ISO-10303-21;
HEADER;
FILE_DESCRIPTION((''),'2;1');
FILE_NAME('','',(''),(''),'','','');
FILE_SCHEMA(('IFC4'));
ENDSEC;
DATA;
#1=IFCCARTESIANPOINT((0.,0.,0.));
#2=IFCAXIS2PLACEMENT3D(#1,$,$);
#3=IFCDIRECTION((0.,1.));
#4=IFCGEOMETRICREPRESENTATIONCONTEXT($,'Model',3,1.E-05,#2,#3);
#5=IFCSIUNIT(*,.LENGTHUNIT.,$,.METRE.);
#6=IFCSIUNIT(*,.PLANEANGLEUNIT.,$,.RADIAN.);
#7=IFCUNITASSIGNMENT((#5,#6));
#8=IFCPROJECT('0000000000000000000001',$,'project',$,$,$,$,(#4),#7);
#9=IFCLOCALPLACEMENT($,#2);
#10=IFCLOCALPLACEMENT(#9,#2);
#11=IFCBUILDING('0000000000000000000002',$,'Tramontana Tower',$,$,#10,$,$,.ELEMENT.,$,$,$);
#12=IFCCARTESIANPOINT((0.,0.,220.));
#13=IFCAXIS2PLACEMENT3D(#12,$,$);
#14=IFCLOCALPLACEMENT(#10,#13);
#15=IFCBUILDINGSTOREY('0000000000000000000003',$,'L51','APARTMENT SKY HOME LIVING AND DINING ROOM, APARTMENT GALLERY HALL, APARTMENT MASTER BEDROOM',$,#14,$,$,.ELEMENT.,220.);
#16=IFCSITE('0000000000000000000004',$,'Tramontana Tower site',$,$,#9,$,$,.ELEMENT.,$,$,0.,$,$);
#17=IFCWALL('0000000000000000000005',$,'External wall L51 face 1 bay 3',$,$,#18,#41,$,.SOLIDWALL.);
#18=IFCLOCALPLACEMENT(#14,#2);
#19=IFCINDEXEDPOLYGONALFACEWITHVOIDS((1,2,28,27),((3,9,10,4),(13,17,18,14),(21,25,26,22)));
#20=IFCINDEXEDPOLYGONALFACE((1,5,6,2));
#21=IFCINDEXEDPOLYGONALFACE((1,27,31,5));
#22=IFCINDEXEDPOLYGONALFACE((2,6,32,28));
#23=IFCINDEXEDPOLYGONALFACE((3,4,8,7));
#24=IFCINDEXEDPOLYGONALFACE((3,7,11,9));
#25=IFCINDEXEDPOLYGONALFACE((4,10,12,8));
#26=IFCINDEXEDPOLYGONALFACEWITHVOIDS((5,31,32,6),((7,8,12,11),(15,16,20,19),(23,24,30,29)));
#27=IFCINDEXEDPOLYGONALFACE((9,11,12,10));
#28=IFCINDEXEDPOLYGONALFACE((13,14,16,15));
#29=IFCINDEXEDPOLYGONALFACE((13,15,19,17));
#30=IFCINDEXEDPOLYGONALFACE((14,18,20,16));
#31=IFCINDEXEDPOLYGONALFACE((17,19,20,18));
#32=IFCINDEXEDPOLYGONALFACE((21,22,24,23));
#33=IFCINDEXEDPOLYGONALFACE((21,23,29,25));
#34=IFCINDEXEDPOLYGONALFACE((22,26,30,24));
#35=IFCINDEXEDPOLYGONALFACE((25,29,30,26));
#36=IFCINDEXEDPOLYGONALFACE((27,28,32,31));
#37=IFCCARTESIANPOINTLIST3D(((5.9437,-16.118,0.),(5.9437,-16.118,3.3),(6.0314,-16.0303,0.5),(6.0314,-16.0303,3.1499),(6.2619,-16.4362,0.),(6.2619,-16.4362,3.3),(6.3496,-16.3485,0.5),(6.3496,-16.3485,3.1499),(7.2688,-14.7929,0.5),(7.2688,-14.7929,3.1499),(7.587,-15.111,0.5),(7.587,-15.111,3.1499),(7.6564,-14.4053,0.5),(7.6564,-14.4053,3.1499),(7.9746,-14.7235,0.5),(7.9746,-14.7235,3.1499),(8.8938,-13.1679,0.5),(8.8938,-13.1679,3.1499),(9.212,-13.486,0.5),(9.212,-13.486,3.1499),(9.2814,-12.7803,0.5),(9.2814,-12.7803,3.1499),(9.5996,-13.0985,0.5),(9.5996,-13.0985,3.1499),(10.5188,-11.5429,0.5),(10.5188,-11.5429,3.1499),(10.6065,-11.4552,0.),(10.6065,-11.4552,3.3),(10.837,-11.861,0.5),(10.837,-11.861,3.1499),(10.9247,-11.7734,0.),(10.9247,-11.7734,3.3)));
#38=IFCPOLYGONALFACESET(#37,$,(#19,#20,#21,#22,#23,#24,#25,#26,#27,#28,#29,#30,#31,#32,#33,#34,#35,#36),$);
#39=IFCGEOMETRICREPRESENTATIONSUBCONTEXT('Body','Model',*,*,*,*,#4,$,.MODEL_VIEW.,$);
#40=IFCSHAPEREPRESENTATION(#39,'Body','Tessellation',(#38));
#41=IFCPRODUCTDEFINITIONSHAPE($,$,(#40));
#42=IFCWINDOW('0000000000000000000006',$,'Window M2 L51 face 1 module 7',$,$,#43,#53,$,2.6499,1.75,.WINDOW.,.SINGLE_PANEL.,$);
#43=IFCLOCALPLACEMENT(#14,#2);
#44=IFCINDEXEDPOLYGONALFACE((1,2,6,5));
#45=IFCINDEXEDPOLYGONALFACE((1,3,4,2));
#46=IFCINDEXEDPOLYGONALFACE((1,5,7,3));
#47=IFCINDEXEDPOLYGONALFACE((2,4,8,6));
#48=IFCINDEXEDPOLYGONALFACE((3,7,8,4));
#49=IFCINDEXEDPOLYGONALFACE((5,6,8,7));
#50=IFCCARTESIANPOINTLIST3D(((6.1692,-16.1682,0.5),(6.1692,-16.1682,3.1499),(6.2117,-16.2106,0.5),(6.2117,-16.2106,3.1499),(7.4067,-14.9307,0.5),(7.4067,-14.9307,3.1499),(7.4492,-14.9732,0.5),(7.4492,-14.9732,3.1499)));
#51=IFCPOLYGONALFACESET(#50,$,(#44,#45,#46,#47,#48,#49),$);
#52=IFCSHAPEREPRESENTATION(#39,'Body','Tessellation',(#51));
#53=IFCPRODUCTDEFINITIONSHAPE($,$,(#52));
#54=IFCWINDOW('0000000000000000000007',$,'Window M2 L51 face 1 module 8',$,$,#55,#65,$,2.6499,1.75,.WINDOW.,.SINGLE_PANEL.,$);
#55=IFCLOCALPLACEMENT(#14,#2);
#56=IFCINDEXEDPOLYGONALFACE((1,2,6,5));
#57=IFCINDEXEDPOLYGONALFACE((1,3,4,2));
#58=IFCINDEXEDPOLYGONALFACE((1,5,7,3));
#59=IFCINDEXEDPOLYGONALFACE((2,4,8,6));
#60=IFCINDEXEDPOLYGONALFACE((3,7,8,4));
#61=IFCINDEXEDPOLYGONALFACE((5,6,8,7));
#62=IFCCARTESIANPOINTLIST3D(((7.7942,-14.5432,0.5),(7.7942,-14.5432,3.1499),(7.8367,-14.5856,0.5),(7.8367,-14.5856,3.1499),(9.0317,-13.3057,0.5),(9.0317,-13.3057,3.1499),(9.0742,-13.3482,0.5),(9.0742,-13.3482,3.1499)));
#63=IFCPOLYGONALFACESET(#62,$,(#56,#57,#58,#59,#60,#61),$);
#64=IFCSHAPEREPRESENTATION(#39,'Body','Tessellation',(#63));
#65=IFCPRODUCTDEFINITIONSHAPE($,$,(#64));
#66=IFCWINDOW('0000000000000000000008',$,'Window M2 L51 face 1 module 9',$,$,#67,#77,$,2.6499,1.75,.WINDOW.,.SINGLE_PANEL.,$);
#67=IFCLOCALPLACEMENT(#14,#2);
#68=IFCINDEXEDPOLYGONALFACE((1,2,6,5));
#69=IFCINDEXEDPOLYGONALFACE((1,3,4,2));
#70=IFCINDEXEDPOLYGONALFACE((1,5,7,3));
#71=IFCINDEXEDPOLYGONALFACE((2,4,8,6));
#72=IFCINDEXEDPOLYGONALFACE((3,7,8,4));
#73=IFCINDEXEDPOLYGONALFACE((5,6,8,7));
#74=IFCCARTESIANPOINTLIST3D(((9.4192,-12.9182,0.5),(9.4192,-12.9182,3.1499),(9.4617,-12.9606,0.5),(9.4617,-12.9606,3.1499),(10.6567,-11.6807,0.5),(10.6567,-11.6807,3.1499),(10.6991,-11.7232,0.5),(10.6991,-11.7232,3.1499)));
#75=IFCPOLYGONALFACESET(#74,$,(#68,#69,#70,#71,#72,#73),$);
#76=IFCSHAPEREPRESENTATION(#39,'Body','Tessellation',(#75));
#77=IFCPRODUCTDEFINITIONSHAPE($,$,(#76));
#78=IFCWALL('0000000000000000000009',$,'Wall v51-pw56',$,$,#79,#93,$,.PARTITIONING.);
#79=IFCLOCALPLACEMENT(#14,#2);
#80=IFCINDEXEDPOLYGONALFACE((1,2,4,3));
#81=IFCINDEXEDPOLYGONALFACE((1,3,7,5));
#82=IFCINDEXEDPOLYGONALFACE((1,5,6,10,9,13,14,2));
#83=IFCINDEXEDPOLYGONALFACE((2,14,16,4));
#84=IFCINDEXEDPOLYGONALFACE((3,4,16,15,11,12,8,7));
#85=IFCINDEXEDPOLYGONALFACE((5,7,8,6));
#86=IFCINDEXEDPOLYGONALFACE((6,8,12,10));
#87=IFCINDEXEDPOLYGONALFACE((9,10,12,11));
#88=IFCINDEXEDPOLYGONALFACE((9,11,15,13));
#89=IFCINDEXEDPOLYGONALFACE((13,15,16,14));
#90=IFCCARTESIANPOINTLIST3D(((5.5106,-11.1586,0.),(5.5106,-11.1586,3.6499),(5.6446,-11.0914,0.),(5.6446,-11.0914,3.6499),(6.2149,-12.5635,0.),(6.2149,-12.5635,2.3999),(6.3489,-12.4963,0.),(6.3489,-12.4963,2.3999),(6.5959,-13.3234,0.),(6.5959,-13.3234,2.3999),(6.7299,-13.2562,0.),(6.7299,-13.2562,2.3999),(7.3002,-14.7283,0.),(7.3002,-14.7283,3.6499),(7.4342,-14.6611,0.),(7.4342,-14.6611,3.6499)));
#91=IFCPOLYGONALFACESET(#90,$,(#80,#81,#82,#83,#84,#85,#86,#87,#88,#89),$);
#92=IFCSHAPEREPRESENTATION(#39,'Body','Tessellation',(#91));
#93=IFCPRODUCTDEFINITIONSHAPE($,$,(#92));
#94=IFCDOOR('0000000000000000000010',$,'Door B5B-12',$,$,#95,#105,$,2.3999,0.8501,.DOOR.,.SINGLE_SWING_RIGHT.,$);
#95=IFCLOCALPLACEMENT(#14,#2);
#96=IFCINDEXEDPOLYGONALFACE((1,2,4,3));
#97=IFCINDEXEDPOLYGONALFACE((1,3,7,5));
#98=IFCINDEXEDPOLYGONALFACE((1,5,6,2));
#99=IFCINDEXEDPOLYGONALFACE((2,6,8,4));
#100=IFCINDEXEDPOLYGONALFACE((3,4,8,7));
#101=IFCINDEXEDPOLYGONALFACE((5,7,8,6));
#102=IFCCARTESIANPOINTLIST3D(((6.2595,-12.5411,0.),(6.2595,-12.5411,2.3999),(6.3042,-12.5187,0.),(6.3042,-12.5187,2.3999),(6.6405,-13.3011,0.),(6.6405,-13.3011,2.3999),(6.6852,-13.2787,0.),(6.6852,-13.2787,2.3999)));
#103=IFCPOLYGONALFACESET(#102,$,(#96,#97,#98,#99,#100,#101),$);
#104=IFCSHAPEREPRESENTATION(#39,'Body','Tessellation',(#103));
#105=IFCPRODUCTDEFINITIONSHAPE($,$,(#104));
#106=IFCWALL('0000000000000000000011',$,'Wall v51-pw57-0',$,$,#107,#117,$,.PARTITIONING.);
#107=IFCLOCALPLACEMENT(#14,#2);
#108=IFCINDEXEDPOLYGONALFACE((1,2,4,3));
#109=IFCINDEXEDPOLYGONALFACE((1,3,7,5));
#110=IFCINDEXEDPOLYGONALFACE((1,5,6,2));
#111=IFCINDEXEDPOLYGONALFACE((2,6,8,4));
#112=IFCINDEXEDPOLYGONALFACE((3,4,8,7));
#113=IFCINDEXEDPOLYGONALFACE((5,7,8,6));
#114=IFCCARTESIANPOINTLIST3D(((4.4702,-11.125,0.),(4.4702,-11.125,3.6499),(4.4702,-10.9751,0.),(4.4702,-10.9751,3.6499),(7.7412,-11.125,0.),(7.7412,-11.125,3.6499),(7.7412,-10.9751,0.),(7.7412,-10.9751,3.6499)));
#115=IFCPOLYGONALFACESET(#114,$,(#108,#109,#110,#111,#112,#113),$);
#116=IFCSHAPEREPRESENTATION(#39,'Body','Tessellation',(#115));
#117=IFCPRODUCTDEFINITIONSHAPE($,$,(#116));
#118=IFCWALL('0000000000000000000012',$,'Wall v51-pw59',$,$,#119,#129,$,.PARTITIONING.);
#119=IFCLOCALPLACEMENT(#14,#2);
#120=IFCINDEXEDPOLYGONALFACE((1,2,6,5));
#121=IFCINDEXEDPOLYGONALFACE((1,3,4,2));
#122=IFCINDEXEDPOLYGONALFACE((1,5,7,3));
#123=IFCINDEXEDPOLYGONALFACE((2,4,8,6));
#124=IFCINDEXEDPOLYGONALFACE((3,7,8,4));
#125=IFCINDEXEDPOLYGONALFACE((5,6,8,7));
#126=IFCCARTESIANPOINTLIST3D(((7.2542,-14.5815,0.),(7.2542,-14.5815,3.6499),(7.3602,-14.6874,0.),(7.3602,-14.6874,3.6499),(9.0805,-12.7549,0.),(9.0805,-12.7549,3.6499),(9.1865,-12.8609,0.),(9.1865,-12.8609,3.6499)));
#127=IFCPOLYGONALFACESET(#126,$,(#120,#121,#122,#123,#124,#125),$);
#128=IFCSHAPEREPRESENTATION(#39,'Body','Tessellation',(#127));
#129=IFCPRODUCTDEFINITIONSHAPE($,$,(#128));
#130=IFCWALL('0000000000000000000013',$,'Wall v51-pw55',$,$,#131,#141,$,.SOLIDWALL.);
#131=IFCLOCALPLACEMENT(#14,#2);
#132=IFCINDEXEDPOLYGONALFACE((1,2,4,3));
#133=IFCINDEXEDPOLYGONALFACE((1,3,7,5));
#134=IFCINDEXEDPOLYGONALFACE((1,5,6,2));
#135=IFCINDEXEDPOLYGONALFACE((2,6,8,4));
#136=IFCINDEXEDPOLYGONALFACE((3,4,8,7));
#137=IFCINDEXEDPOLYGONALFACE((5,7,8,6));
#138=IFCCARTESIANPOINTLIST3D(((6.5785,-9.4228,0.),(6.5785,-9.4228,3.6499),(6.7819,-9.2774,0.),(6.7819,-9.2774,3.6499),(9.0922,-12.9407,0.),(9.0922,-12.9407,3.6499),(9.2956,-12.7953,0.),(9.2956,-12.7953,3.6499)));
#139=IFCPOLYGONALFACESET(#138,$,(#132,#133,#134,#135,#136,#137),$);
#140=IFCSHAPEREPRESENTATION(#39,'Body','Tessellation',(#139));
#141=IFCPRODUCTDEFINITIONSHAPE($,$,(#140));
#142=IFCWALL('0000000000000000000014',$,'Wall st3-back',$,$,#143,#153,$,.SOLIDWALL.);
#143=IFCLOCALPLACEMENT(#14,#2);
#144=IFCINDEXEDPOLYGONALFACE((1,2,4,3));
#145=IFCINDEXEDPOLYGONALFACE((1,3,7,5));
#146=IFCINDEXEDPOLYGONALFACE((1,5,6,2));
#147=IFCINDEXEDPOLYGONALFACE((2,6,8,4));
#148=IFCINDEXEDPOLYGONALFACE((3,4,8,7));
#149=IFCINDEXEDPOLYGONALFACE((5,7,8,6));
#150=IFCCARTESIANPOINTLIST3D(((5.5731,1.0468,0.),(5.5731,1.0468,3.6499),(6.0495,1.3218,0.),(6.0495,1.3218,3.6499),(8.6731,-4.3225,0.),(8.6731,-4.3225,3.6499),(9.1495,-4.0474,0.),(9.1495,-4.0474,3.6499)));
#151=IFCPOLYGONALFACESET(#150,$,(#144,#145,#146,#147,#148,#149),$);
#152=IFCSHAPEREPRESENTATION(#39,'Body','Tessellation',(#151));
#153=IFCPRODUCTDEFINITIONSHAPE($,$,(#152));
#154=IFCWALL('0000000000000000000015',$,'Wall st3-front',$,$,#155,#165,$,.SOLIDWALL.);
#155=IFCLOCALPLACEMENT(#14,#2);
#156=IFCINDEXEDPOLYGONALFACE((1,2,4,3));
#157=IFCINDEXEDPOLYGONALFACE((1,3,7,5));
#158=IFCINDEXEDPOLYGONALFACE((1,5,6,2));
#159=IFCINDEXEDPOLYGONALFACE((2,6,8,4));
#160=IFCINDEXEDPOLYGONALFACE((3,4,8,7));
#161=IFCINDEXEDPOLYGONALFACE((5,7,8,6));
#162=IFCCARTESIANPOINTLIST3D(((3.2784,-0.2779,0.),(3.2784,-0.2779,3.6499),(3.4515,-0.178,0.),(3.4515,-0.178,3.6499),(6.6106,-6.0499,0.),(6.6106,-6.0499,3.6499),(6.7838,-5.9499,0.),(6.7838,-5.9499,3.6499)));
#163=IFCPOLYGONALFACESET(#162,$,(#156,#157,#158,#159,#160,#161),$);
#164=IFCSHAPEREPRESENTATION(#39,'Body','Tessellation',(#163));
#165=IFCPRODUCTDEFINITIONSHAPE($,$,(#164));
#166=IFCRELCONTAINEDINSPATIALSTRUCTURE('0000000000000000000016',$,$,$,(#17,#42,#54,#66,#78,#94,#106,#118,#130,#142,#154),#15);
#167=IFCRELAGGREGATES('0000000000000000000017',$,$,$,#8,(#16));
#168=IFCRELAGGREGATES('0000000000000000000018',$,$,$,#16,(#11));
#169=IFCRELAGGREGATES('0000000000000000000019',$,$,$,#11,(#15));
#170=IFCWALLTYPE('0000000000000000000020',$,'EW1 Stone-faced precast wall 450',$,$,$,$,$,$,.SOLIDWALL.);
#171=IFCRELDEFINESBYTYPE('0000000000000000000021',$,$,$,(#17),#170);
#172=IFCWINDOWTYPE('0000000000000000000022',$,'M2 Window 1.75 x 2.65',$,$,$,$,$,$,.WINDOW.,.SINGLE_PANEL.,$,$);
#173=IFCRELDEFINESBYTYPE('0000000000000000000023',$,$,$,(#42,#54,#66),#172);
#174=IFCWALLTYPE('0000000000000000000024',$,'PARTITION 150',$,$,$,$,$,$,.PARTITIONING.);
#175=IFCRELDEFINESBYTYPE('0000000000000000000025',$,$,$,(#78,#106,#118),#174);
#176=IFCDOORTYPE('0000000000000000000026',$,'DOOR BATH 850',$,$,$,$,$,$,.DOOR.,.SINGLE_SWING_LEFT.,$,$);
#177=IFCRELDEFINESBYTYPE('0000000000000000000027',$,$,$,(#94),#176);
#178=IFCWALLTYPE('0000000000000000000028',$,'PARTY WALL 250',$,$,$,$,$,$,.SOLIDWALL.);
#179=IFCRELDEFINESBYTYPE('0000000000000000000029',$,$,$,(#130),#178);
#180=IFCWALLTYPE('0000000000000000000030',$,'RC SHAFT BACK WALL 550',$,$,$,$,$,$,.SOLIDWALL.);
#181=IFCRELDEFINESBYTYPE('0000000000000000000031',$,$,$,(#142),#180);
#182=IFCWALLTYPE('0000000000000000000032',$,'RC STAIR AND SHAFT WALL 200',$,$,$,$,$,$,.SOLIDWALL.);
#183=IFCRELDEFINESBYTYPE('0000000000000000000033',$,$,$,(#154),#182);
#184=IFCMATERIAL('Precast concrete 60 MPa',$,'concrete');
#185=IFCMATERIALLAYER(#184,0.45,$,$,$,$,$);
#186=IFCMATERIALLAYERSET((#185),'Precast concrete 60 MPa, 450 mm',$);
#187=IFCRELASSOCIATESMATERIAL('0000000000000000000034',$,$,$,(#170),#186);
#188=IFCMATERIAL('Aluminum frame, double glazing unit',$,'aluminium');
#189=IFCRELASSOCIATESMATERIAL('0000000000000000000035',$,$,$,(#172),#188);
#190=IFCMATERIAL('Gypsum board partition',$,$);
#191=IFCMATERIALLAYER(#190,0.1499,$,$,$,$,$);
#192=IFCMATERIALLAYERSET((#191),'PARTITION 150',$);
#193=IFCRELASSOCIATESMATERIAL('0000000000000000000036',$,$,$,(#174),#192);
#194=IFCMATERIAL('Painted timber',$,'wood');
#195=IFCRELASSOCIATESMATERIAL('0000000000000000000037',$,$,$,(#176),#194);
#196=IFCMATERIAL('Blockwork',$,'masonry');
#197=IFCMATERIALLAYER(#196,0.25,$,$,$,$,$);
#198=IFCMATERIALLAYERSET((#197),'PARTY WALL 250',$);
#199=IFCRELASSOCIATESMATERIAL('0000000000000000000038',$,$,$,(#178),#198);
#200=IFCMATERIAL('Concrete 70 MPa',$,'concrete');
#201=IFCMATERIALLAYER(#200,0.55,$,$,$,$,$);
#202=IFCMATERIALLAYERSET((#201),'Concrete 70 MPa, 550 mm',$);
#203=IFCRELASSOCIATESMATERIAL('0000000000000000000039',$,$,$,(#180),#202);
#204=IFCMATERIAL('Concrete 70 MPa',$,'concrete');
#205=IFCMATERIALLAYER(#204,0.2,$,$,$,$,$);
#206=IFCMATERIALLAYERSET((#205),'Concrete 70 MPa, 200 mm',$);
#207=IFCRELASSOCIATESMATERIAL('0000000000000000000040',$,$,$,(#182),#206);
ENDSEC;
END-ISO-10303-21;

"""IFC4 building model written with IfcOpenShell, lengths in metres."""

from ifc_helpers import new_model, si_unit, direction, frame, frame_2d, origin, place, context, subcontext, project, spatial, rectangle, extrude, material, layer, layer_set, type_object, element, fill, save


model = new_model("IFC4")

# Units and contexts
model_context = context("Model", 3, precision=1e-05, world=origin(), true_north=direction((0.0, 1.0)))
body_context = subcontext(model_context, "Body", "Model", "MODEL_VIEW")
ifc_project = project(units=[si_unit("LENGTHUNIT", "METRE"), si_unit("PLANEANGLEUNIT", "RADIAN")], contexts=[model_context])

# Site, building, storey
site_placement = place(None, origin())
site = spatial("IfcSite", under=ifc_project, at=site_placement, Name="Tramontana Tower site", CompositionType="ELEMENT", RefElevation=0.0)
building_placement = place(site_placement, origin())
building = spatial("IfcBuilding", under=site, at=building_placement, Name="Tramontana Tower", CompositionType="ELEMENT")
storey_placement = place(building_placement, frame((0.0, 0.0, 220.0)))
storey = spatial("IfcBuildingStorey", under=building, at=storey_placement, Name="L51", Description="APARTMENT SKY HOME LIVING AND DINING ROOM, APARTMENT GALLERY HALL, APARTMENT MASTER BEDROOM", CompositionType="ELEMENT", Elevation=220.0)

# Wall, openings, windows
ifc_material_1 = material(Name="Precast concrete 60 MPa", Category="concrete")
ifc_layer_1 = layer(ifc_material_1, 0.45)
ifc_layer_set_1 = layer_set([ifc_layer_1], Name="Precast concrete 60 MPa, 450 mm")
wall_type_1 = type_object("IfcWallType", Name="EW1 Stone-faced precast wall 450", PredefinedType="SOLIDWALL", material=ifc_layer_set_1)
wall_1_placement = place(storey_placement, frame((6.1028, -16.2771, 0.0), z_axis=(0.0, 0.0, 1.0), x_axis=(0.707107, 0.707107, 0.0)))
wall_1 = element("IfcWall", 1, at=wall_1_placement, inside=storey, type_object=wall_type_1, Name="External wall L51 face 1 bay 3", PredefinedType="SOLIDWALL", context=body_context, shape_type="SweptSolid", body=[
    extrude(rectangle(XDim=6.5942, YDim=0.45, at=frame_2d((3.2971, 0.0))), origin(), (0.0, 0.0, 1.0), 3.3),
])
opening_1_placement = place(wall_1_placement, frame((0.124, 0.0, 0.5)))
opening_1 = element("IfcOpeningElement", 2, at=opening_1_placement, cuts=wall_1, PredefinedType="OPENING", context=body_context, shape_type="SweptSolid", body=[
    extrude(rectangle(XDim=1.75, YDim=2.6499, at=frame_2d((0.875, 1.325))), frame((0.0, 0.2349, 0.0), z_axis=(0.0, -1.0, 0.0), x_axis=(1.0, 0.0, 0.0)), (0.0, 0.0, 1.0), 0.47),
])
opening_2_placement = place(wall_1_placement, frame((2.4221, 0.0, 0.5)))
opening_2 = element("IfcOpeningElement", 3, at=opening_2_placement, cuts=wall_1, PredefinedType="OPENING", context=body_context, shape_type="SweptSolid", body=[
    extrude(rectangle(XDim=1.75, YDim=2.6499, at=frame_2d((0.875, 1.325))), frame((0.0, 0.2349, 0.0), z_axis=(0.0, -1.0, 0.0), x_axis=(1.0, 0.0, 0.0)), (0.0, 0.0, 1.0), 0.47),
])
opening_3_placement = place(wall_1_placement, frame((4.7202, 0.0, 0.5)))
opening_3 = element("IfcOpeningElement", 4, at=opening_3_placement, cuts=wall_1, PredefinedType="OPENING", context=body_context, shape_type="SweptSolid", body=[
    extrude(rectangle(XDim=1.75, YDim=2.6499, at=frame_2d((0.875, 1.325))), frame((0.0, 0.2349, 0.0), z_axis=(0.0, -1.0, 0.0), x_axis=(1.0, 0.0, 0.0)), (0.0, 0.0, 1.0), 0.47),
])
ifc_material_2 = material(Name="Aluminum frame, double glazing unit", Category="aluminium")
window_type = type_object("IfcWindowType", Name="M2 Window 1.75 x 2.65", PartitioningType="SINGLE_PANEL", PredefinedType="WINDOW", material=ifc_material_2)
window_1_placement = place(opening_1_placement, origin())
window_1 = element("IfcWindow", 5, at=window_1_placement, inside=storey, type_object=window_type, Name="Window M2 L51 face 1 module 7", OverallHeight=2.6499, OverallWidth=1.75, PartitioningType="SINGLE_PANEL", PredefinedType="WINDOW", context=body_context, shape_type="SweptSolid", body=[
    extrude(rectangle(XDim=1.75, YDim=2.6499, at=frame_2d((0.875, 1.325))), frame((0.0, 0.03, 0.0), z_axis=(0.0, -1.0, 0.0), x_axis=(1.0, 0.0, 0.0)), (0.0, 0.0, 1.0), 0.0601),
])
fill(opening_1, window_1)
window_2_placement = place(opening_2_placement, origin())
window_2 = element("IfcWindow", 6, at=window_2_placement, inside=storey, type_object=window_type, Name="Window M2 L51 face 1 module 8", OverallHeight=2.6499, OverallWidth=1.75, PartitioningType="SINGLE_PANEL", PredefinedType="WINDOW", context=body_context, shape_type="SweptSolid", body=[
    extrude(rectangle(XDim=1.75, YDim=2.6499, at=frame_2d((0.875, 1.325))), frame((0.0, 0.03, 0.0), z_axis=(0.0, -1.0, 0.0), x_axis=(1.0, 0.0, 0.0)), (0.0, 0.0, 1.0), 0.0601),
])
fill(opening_2, window_2)
window_3_placement = place(opening_3_placement, origin())
window_3 = element("IfcWindow", 7, at=window_3_placement, inside=storey, type_object=window_type, Name="Window M2 L51 face 1 module 9", OverallHeight=2.6499, OverallWidth=1.75, PartitioningType="SINGLE_PANEL", PredefinedType="WINDOW", context=body_context, shape_type="SweptSolid", body=[
    extrude(rectangle(XDim=1.75, YDim=2.6499, at=frame_2d((0.875, 1.325))), frame((0.0, 0.03, 0.0), z_axis=(0.0, -1.0, 0.0), x_axis=(1.0, 0.0, 0.0)), (0.0, 0.0, 1.0), 0.0601),
])
fill(opening_3, window_3)

# Wall, opening, door
ifc_material_3 = material(Name="Gypsum board partition")
ifc_layer_2 = layer(ifc_material_3, 0.1499)
ifc_layer_set_2 = layer_set([ifc_layer_2], Name="PARTITION 150")
wall_type_2 = type_object("IfcWallType", Name="PARTITION 150", PredefinedType="PARTITIONING", material=ifc_layer_set_2)
wall_2_placement = place(storey_placement, frame((5.5776, -11.125, 0.0), z_axis=(0.0, 0.0, 1.0), x_axis=(0.448167, -0.89395, 0.0)))
wall_2 = element("IfcWall", 8, at=wall_2_placement, inside=storey, type_object=wall_type_2, Name="Wall v51-pw56", PredefinedType="PARTITIONING", context=body_context, shape_type="SweptSolid", body=[
    extrude(rectangle(XDim=3.9932, YDim=0.1499, at=frame_2d((1.9966, 0.0))), origin(), (0.0, 0.0, 1.0), 3.6499),
])
opening_4_placement = place(wall_2_placement, frame((1.5715, 0.0, 0.0)))
opening_4 = element("IfcOpeningElement", 9, at=opening_4_placement, cuts=wall_2, PredefinedType="OPENING", context=body_context, shape_type="SweptSolid", body=[
    extrude(rectangle(XDim=0.8501, YDim=2.3999, at=frame_2d((0.425, 1.2))), frame((0.0, 0.085, 0.0), z_axis=(0.0, -1.0, 0.0), x_axis=(1.0, 0.0, 0.0)), (0.0, 0.0, 1.0), 0.1699),
])
ifc_material_4 = material(Name="Painted timber", Category="wood")
door_type_1 = type_object("IfcDoorType", Name="DOOR BATH 850", OperationType="SINGLE_SWING_LEFT", PredefinedType="DOOR", material=ifc_material_4)
door_1_placement = place(opening_4_placement, origin())
door_1 = element("IfcDoor", 10, at=door_1_placement, inside=storey, type_object=door_type_1, Name="Door B5B-12", OperationType="SINGLE_SWING_RIGHT", OverallHeight=2.3999, OverallWidth=0.8501, PredefinedType="DOOR", context=body_context, shape_type="SweptSolid", body=[
    extrude(rectangle(XDim=0.8501, YDim=2.3999, at=frame_2d((0.425, 1.2))), frame((0.0, 0.0249, 0.0), z_axis=(0.0, -1.0, 0.0), x_axis=(1.0, 0.0, 0.0)), (0.0, 0.0, 1.0), 0.05),
])
fill(opening_4, door_1)

# Walls
wall_3_placement = place(storey_placement, frame((7.7412, -11.05, 0.0), z_axis=(0.0, 0.0, 1.0), x_axis=(-1.0, 0.0, 0.0)))
element("IfcWall", 11, at=wall_3_placement, inside=storey, type_object=wall_type_2, Name="Wall v51-pw57-0", PredefinedType="PARTITIONING", context=body_context, shape_type="SweptSolid", body=[
    extrude(rectangle(XDim=3.271, YDim=0.1499, at=frame_2d((1.6355, 0.0))), origin(), (0.0, 0.0, 1.0), 3.6499),
])
wall_4_placement = place(storey_placement, frame((9.1335, -12.8079, 0.0), z_axis=(0.0, 0.0, 1.0), x_axis=(-0.70706, -0.707154, 0.0)))
element("IfcWall", 12, at=wall_4_placement, inside=storey, type_object=wall_type_2, Name="Wall v51-pw59", PredefinedType="PARTITIONING", context=body_context, shape_type="SweptSolid", body=[
    extrude(rectangle(XDim=2.583, YDim=0.1499, at=frame_2d((1.2915, 0.0))), origin(), (0.0, 0.0, 1.0), 3.6499),
])
ifc_material_5 = material(Name="Blockwork", Category="masonry")
ifc_layer_3 = layer(ifc_material_5, 0.25)
ifc_layer_set_3 = layer_set([ifc_layer_3], Name="PARTY WALL 250")
wall_type_3 = type_object("IfcWallType", Name="PARTY WALL 250", PredefinedType="SOLIDWALL", material=ifc_layer_set_3)
wall_5_placement = place(storey_placement, frame((6.6802, -9.3501, 0.0), z_axis=(0.0, 0.0, 1.0), x_axis=(0.581382, -0.81363, 0.0)))
element("IfcWall", 13, at=wall_5_placement, inside=storey, type_object=wall_type_3, Name="Wall v51-pw55", PredefinedType="SOLIDWALL", context=body_context, shape_type="SweptSolid", body=[
    extrude(rectangle(XDim=4.3237, YDim=0.25, at=frame_2d((2.1619, 0.0))), origin(), (0.0, 0.0, 1.0), 3.6499),
])
ifc_material_6 = material(Name="Concrete 70 MPa", Category="concrete")
ifc_layer_4 = layer(ifc_material_6, 0.55)
ifc_layer_set_4 = layer_set([ifc_layer_4], Name="Concrete 70 MPa, 550 mm")
wall_type_4 = type_object("IfcWallType", Name="RC SHAFT BACK WALL 550", PredefinedType="SOLIDWALL", material=ifc_layer_set_4)
wall_6_placement = place(storey_placement, frame((8.9114, -4.1851, 0.0), z_axis=(0.0, 0.0, 1.0), x_axis=(-0.50001, 0.86602, 0.0)))
element("IfcWall", 14, at=wall_6_placement, inside=storey, type_object=wall_type_4, Name="Wall st3-back", PredefinedType="SOLIDWALL", context=body_context, shape_type="SweptSolid", body=[
    extrude(rectangle(XDim=6.2, YDim=0.55, at=frame_2d((3.1001, 0.0))), origin(), (0.0, 0.0, 1.0), 3.6499),
])
ifc_material_7 = material(Name="Concrete 70 MPa", Category="concrete")
ifc_layer_5 = layer(ifc_material_7, 0.2)
ifc_layer_set_5 = layer_set([ifc_layer_5], Name="Concrete 70 MPa, 200 mm")
wall_type_5 = type_object("IfcWallType", Name="RC STAIR AND SHAFT WALL 200", PredefinedType="SOLIDWALL", material=ifc_layer_set_5)
wall_7_placement = place(storey_placement, frame((6.6973, -6.0, 0.0), z_axis=(0.0, 0.0, 1.0), x_axis=(-0.49998, 0.866037, 0.0)))
element("IfcWall", 15, at=wall_7_placement, inside=storey, type_object=wall_type_5, Name="Wall st3-front", PredefinedType="SOLIDWALL", context=body_context, shape_type="SweptSolid", body=[
    extrude(rectangle(XDim=6.6648, YDim=0.2, at=frame_2d((3.3325, 0.0))), origin(), (0.0, 0.0, 1.0), 3.6499),
])

save(model, "model.ifc")
